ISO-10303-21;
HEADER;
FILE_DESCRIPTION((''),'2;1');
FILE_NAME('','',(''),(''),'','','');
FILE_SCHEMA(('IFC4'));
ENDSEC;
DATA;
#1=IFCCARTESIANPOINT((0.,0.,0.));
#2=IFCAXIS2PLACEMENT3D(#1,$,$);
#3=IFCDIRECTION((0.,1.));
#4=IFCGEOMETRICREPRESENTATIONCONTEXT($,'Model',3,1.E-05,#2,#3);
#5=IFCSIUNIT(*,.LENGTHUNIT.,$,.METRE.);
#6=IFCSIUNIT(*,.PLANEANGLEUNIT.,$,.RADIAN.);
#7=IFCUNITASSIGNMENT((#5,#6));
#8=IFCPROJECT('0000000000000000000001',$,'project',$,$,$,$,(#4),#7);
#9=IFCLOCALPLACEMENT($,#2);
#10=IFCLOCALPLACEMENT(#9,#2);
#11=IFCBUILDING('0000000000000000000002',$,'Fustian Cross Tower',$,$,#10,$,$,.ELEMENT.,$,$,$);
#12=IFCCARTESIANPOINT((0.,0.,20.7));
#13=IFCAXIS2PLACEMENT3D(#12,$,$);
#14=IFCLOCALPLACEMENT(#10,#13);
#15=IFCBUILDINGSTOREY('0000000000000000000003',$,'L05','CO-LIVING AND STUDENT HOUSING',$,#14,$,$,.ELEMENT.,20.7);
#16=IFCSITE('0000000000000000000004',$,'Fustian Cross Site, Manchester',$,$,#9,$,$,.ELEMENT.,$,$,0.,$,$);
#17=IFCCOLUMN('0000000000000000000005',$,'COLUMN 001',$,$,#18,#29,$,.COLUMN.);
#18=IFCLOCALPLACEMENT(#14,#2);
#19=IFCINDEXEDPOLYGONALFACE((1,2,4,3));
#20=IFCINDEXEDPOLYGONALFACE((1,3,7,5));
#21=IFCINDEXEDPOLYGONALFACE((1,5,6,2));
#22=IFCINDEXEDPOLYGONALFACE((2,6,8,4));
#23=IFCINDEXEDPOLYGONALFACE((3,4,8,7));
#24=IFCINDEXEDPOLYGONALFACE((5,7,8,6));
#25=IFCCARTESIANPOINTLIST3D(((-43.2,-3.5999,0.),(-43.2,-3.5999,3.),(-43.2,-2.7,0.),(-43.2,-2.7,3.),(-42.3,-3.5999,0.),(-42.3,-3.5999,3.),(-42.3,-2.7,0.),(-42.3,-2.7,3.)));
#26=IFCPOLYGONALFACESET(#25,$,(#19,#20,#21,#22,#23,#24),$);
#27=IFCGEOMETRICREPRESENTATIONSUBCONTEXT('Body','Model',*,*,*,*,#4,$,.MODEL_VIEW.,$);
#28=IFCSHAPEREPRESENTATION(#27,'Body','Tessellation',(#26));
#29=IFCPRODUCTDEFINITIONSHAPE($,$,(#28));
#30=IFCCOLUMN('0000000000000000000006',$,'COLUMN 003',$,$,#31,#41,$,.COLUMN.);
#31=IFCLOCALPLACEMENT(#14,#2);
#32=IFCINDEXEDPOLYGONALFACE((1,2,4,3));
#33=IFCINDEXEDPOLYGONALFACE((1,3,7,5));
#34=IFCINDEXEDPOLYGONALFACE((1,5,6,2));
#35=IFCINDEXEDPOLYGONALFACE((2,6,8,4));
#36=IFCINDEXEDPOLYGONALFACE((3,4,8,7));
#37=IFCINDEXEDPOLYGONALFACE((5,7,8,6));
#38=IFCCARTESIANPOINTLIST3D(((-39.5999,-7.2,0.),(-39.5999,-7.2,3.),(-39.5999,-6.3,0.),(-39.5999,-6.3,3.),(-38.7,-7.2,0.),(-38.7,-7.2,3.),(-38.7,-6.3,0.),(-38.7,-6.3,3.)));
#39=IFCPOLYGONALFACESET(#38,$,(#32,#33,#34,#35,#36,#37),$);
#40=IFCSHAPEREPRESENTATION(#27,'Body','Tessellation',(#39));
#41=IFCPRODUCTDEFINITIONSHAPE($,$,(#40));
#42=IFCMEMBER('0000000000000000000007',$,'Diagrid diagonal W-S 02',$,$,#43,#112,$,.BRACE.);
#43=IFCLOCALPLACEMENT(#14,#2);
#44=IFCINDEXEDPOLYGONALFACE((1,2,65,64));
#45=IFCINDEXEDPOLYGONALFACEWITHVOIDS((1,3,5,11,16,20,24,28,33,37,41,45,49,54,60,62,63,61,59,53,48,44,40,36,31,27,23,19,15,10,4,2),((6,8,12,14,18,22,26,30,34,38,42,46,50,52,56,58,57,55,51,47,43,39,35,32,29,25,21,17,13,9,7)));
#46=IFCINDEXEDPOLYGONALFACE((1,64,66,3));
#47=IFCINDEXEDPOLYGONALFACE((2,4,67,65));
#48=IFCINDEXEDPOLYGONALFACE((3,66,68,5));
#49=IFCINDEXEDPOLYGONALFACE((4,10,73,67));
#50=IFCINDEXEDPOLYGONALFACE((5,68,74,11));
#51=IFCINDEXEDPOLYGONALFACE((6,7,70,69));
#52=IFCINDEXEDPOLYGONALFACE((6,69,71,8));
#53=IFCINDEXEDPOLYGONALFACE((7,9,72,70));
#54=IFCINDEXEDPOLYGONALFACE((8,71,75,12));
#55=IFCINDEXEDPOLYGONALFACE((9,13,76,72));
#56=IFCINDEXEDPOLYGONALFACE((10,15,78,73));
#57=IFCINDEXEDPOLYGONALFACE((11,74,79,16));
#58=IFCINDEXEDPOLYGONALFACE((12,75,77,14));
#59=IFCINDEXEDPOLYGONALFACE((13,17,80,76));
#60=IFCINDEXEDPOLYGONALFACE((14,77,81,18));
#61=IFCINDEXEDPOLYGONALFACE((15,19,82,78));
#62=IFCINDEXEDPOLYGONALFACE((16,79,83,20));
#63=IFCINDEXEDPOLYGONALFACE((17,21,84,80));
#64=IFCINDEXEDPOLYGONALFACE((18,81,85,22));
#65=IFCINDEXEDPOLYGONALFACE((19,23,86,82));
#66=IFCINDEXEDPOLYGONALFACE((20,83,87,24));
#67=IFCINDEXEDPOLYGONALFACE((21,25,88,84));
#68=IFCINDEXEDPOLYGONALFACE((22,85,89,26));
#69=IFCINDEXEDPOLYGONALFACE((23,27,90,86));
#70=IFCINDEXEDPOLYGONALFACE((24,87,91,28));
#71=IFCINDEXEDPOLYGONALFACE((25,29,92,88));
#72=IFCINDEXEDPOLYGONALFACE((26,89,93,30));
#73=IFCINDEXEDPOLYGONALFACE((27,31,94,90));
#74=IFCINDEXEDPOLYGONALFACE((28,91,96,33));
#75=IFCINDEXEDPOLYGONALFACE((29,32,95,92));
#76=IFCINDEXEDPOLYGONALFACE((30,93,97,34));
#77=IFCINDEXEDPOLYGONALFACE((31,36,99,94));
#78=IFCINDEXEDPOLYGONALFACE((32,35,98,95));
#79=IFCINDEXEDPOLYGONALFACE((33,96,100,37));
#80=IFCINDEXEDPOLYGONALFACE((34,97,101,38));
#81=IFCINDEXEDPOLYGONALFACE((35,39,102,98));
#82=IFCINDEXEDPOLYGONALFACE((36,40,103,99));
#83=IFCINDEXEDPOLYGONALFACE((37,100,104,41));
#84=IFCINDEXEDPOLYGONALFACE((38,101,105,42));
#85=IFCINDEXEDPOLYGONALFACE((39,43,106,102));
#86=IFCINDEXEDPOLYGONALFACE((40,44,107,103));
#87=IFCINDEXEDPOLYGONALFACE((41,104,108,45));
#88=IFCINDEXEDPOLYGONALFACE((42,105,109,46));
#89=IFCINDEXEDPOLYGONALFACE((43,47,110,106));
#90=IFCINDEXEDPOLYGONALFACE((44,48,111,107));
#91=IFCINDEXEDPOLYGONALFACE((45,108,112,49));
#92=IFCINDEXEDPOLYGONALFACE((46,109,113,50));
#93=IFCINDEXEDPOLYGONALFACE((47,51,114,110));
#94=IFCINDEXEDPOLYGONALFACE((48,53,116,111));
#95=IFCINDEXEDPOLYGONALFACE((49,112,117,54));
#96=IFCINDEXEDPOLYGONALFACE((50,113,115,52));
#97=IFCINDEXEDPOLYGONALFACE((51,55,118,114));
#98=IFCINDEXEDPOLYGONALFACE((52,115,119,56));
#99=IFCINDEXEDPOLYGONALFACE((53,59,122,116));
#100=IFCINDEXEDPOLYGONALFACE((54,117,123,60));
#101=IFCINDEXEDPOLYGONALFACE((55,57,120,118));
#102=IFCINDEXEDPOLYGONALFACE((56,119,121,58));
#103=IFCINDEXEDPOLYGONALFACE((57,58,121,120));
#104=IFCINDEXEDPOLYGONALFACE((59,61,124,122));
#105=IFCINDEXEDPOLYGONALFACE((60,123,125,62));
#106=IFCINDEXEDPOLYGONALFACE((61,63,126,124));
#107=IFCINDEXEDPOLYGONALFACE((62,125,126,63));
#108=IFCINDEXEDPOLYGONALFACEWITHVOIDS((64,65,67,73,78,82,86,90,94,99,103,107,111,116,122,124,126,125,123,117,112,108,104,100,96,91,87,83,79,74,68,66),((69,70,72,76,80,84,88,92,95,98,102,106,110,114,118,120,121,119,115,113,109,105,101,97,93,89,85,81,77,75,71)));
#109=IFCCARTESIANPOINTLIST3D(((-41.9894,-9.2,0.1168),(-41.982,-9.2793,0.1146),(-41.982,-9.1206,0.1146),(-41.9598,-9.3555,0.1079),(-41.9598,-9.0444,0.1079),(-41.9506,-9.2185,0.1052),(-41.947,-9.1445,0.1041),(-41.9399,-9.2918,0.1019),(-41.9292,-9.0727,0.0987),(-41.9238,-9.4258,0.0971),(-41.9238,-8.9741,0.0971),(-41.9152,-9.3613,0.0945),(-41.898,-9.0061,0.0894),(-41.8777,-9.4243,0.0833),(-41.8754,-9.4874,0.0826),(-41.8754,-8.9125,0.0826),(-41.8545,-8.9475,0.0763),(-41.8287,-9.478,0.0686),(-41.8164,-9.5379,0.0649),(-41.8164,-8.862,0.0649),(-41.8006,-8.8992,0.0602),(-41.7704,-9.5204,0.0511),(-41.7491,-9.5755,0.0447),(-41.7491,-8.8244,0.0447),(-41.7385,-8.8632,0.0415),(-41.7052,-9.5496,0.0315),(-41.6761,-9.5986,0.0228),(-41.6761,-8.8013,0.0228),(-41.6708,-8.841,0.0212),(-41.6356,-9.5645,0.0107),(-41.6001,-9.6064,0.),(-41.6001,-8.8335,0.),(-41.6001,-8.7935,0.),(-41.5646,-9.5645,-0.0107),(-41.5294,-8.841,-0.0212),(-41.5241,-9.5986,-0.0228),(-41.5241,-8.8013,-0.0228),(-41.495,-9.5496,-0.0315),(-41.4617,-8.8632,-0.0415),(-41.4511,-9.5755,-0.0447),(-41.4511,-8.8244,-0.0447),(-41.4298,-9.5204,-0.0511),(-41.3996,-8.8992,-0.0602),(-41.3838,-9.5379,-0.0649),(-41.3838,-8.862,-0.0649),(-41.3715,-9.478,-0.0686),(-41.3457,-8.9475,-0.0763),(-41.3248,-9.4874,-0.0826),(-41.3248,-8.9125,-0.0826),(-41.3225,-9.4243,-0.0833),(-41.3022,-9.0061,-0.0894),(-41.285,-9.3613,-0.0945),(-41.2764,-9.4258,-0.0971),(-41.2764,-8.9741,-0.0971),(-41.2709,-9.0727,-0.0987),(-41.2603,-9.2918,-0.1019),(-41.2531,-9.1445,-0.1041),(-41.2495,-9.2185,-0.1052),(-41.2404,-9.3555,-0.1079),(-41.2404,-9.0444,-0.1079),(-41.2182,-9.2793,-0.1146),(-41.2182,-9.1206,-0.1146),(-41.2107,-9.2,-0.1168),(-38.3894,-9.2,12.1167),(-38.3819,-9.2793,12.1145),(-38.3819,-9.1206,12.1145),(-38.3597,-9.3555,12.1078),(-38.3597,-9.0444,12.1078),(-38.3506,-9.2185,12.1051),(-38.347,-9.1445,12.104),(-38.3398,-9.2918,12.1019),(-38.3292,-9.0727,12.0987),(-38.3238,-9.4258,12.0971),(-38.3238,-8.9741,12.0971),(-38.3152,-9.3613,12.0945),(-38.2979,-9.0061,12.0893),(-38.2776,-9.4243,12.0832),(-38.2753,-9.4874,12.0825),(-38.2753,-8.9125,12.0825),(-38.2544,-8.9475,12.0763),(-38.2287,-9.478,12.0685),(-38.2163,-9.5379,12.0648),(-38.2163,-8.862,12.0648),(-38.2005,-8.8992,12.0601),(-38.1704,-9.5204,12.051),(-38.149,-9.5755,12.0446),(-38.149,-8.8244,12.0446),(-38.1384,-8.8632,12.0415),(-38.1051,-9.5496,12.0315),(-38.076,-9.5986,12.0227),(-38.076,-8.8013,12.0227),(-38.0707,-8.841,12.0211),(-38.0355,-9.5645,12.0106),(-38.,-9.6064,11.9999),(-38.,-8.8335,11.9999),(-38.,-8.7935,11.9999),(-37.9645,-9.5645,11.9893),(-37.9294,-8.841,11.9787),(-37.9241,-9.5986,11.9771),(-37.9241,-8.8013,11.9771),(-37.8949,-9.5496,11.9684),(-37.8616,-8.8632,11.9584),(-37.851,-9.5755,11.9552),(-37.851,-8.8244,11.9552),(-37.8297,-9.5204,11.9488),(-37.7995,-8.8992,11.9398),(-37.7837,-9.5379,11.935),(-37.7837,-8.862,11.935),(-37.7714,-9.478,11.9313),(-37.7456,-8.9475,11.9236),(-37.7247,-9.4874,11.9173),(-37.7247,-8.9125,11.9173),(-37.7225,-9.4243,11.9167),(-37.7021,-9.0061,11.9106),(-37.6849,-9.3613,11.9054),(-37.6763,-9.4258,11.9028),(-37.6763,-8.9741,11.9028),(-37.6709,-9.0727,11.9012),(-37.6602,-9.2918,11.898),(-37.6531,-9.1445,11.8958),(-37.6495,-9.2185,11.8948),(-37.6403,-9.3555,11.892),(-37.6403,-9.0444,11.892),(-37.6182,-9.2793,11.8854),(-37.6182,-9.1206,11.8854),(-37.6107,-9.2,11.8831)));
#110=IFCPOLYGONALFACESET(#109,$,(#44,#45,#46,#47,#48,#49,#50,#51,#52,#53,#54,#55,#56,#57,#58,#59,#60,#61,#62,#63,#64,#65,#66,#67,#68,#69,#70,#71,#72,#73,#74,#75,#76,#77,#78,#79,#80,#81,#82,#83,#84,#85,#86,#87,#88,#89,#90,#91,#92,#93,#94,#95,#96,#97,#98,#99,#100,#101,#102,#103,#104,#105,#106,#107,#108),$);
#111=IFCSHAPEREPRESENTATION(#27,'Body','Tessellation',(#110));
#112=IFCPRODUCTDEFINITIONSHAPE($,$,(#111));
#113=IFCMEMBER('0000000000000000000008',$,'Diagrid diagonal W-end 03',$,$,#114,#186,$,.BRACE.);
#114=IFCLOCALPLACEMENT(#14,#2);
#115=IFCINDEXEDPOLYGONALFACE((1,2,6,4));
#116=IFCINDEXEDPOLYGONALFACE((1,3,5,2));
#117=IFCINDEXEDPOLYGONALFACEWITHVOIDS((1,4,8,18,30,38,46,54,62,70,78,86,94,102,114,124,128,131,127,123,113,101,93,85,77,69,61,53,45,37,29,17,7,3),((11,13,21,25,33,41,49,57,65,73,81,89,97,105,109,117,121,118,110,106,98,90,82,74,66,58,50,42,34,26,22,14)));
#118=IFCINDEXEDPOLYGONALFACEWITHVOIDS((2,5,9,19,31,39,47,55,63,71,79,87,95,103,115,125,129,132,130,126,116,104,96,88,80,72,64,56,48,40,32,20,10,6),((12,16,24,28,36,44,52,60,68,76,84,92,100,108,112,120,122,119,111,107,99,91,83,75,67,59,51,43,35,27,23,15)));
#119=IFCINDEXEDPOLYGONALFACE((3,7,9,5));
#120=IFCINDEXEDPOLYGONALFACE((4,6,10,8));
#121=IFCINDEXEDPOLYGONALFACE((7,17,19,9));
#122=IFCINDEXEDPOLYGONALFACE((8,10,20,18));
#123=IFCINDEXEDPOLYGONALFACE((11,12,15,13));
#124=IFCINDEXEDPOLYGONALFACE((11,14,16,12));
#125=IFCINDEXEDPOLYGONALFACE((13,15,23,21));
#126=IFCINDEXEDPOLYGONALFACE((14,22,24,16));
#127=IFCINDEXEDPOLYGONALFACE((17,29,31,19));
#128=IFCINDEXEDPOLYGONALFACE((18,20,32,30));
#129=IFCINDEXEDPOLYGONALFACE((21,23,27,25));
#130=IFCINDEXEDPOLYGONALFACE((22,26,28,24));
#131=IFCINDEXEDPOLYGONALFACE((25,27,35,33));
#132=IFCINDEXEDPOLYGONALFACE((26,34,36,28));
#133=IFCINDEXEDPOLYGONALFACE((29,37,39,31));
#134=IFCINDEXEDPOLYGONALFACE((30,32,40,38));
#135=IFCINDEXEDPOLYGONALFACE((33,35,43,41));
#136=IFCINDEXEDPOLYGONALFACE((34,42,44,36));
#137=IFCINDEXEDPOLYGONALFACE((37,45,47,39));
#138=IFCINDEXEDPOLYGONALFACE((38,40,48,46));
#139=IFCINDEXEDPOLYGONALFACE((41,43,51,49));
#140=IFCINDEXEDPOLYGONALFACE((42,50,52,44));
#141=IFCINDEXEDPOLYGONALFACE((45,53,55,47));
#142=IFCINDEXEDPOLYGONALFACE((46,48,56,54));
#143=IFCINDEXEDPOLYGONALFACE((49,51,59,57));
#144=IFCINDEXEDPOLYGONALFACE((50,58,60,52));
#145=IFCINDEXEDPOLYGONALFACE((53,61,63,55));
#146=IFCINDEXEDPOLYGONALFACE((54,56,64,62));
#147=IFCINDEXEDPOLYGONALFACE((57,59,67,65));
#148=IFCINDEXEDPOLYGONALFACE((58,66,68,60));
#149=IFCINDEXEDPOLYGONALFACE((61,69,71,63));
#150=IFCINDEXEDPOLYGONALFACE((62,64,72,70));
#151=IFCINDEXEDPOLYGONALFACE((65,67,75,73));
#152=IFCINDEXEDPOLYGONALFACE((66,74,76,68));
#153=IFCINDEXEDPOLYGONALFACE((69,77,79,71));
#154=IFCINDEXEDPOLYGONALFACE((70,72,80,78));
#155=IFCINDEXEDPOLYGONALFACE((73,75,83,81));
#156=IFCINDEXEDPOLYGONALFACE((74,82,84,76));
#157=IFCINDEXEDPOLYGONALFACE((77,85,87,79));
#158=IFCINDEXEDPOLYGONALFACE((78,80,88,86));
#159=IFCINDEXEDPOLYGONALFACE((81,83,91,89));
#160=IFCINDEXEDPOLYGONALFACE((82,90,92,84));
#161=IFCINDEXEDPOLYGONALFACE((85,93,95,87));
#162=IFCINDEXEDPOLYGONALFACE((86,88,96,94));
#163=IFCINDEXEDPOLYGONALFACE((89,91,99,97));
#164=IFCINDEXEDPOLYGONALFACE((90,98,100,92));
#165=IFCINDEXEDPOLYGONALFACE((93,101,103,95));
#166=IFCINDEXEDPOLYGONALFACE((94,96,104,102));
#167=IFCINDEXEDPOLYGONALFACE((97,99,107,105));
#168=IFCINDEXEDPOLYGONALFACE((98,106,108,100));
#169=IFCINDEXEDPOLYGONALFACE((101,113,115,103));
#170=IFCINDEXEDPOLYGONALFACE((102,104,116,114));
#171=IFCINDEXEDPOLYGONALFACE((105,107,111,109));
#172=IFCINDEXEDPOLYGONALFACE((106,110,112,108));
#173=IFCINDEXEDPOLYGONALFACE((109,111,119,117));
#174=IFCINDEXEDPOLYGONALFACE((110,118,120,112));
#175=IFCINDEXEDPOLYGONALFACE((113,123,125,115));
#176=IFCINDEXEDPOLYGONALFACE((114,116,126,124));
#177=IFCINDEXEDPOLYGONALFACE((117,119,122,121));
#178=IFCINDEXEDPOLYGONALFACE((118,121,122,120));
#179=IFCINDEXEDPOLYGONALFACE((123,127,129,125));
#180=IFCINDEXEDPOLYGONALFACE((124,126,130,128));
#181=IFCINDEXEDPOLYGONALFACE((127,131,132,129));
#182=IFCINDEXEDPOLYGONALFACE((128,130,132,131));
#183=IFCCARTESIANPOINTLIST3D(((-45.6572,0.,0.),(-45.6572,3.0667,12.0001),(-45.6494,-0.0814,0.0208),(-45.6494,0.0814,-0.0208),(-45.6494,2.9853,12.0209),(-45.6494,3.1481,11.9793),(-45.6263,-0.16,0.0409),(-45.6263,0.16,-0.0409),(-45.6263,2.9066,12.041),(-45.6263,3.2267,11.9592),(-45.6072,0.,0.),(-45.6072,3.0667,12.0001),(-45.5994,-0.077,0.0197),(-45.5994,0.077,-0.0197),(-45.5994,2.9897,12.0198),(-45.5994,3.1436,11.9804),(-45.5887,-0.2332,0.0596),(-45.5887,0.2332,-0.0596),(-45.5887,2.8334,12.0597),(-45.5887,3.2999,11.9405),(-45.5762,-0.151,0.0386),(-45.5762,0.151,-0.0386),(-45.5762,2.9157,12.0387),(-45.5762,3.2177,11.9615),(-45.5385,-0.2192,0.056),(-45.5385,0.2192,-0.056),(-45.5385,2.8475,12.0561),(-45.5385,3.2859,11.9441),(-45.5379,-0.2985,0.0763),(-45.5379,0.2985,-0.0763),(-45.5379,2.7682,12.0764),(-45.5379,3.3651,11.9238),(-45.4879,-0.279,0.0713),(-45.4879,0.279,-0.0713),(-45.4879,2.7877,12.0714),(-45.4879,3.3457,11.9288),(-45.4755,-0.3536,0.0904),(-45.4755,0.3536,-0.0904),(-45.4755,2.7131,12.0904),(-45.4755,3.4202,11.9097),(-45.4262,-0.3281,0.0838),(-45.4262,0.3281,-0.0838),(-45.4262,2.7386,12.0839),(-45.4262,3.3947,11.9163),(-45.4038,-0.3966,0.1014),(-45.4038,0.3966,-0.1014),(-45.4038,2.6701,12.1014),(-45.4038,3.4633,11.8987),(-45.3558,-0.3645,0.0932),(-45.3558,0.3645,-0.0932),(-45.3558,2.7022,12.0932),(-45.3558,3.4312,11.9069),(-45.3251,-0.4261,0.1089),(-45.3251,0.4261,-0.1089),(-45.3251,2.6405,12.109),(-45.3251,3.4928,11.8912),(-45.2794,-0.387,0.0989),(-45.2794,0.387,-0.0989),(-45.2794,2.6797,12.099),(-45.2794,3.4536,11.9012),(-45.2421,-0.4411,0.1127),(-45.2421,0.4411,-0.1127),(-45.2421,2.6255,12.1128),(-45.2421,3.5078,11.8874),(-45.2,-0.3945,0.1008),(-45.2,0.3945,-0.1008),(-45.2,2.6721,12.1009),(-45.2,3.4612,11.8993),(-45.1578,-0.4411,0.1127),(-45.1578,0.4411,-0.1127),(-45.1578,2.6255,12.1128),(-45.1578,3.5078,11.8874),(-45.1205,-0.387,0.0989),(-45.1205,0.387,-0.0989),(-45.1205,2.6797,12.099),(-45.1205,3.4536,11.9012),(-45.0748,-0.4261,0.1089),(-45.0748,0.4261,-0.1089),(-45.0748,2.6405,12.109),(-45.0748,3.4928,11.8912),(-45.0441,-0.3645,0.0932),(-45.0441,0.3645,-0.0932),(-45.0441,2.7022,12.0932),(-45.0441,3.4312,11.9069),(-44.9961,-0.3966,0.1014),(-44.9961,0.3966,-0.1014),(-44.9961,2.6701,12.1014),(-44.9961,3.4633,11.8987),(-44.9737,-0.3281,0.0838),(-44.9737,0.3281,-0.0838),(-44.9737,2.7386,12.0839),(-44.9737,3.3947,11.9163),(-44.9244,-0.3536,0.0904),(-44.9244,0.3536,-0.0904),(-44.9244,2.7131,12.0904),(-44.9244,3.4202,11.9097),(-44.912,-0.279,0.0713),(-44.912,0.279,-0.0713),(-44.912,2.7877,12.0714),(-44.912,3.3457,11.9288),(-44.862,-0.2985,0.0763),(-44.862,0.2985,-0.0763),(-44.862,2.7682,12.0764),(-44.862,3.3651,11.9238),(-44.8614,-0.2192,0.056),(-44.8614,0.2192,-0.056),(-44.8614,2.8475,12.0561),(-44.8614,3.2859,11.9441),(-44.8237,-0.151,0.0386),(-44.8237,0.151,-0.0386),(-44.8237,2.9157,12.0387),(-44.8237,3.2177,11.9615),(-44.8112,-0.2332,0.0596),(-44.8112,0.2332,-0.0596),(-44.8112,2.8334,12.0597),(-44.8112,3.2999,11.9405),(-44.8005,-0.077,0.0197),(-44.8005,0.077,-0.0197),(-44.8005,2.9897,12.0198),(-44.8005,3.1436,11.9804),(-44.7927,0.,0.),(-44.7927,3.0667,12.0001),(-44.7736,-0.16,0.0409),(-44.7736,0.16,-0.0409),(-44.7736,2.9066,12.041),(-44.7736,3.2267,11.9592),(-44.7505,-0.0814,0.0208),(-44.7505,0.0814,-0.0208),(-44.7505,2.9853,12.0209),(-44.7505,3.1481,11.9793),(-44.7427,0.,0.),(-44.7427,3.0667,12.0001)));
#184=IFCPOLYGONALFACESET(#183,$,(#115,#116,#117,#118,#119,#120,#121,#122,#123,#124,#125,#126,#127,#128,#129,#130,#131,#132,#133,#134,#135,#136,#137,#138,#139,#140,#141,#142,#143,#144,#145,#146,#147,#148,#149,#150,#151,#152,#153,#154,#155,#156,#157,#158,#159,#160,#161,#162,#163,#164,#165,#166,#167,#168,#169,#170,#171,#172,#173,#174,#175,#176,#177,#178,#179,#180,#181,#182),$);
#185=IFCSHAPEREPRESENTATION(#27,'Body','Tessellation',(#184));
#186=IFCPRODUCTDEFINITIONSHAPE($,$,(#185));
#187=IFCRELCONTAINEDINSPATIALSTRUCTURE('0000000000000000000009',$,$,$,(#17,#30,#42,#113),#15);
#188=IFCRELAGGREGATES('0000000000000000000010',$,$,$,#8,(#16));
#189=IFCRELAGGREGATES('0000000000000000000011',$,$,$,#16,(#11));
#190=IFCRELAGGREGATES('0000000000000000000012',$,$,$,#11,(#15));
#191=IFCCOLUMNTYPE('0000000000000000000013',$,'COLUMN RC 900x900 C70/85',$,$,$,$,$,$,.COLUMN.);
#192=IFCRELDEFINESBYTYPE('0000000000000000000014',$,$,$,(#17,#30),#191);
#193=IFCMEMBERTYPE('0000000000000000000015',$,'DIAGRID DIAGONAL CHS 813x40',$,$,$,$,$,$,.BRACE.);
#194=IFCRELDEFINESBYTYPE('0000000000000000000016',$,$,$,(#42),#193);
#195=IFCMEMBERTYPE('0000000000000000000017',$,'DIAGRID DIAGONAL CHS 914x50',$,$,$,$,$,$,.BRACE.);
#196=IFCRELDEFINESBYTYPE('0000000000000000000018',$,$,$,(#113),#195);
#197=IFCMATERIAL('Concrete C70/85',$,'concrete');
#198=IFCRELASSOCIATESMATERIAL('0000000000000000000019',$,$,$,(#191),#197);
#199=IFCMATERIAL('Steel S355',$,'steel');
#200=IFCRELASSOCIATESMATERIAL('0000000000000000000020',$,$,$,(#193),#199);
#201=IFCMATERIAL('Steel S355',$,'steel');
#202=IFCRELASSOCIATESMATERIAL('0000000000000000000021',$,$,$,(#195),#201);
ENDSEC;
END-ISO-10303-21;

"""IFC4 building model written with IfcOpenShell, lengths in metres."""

from ifc_helpers import new_model, si_unit, direction, frame, origin, origin_2d, place, context, subcontext, project, spatial, rectangle, hollow_circle, extrude, material, material_profile, profile_set, type_object, element, save


model = new_model("IFC4")

# Units and contexts
model_context = context("Model", 3, precision=1e-05, world=origin(), true_north=direction((0.0, 1.0)))
body_context = subcontext(model_context, "Body", "Model", "MODEL_VIEW")
ifc_project = project(units=[si_unit("LENGTHUNIT", "METRE"), si_unit("PLANEANGLEUNIT", "RADIAN")], contexts=[model_context])

# Site, building, storey
site_placement = place(None, origin())
site = spatial("IfcSite", under=ifc_project, at=site_placement, Name="Fustian Cross Site, Manchester", CompositionType="ELEMENT", RefElevation=0.0)
building_placement = place(site_placement, origin())
building = spatial("IfcBuilding", under=site, at=building_placement, Name="Fustian Cross Tower", CompositionType="ELEMENT")
storey_placement = place(building_placement, frame((0.0, 0.0, 20.7)))
storey = spatial("IfcBuildingStorey", under=building, at=storey_placement, Name="L05", Description="CO-LIVING AND STUDENT HOUSING", CompositionType="ELEMENT", Elevation=20.7)

# Columns
ifc_material_1 = material(Name="Concrete C70/85", Category="concrete")
ifc_material_profile_1 = material_profile(ifc_material_1, rectangle(XDim=0.8999, YDim=0.8999, at=origin_2d()), Name="RC 900x900")
ifc_profile_set_1 = profile_set([ifc_material_profile_1], Name="Concrete C70/85")
column_type = type_object("IfcColumnType", Name="COLUMN RC 900x900 C70/85", PredefinedType="COLUMN", material=ifc_profile_set_1)
for number, where, z_axis, x_axis, name in (
    (1, (-42.75, -3.1499, 0.0), (0.0, 0.0, 1.0), (1.0, 0.0, 0.0), "COLUMN 001"),
    (2, (-39.1499, -6.75, 0.0), (0.0, 0.0, 1.0), (1.0, 0.0, 0.0), "COLUMN 003"),
):
    element("IfcColumn", number, at=place(storey_placement, frame(where, z_axis=z_axis, x_axis=x_axis)), inside=storey, type_object=column_type, Name=name, PredefinedType="COLUMN", context=body_context, shape_type="SweptSolid", body=[
        extrude(rectangle(XDim=0.8999, YDim=0.8999, at=origin_2d()), origin(), (0.0, 0.0, 1.0), 3.0),
    ])

# Members
ifc_material_2 = material(Name="Steel S355", Category="steel")
ifc_material_profile_2 = material_profile(ifc_material_2, hollow_circle(Radius=0.4065, WallThickness=0.04, at=origin_2d()), Name="CHS 813x40")
ifc_profile_set_2 = profile_set([ifc_material_profile_2], Name="Steel S355")
member_type_1 = type_object("IfcMemberType", Name="DIAGRID DIAGONAL CHS 813x40", PredefinedType="BRACE", material=ifc_profile_set_2)
member_1_placement = place(storey_placement, frame((-41.6001, -9.2, 0.0), z_axis=(0.287355, 0.0, 0.957824), x_axis=(0.0, 1.0, 0.0)))
element("IfcMember", 3, at=member_1_placement, inside=storey, type_object=member_type_1, Name="Diagrid diagonal W-S 02", PredefinedType="BRACE", context=body_context, shape_type="SweptSolid", body=[
    extrude(hollow_circle(Radius=0.4065, WallThickness=0.04, at=origin_2d()), origin(), (0.0, 0.0, 1.0), 12.5283),
])
ifc_material_3 = material(Name="Steel S355", Category="steel")
ifc_material_profile_3 = material_profile(ifc_material_3, hollow_circle(Radius=0.4573, WallThickness=0.05, at=origin_2d()), Name="CHS 914x50")
ifc_profile_set_3 = profile_set([ifc_material_profile_3], Name="Steel S355")
member_type_2 = type_object("IfcMemberType", Name="DIAGRID DIAGONAL CHS 914x50", PredefinedType="BRACE", material=ifc_profile_set_3)
for number, where, z_axis, x_axis, name in (
    (4, (-45.2, 0.0, 0.0), (0.0, 0.247597, 0.968863), (-1.0, 0.0, 0.0), "Diagrid diagonal W-end 03"),
):
    element("IfcMember", number, at=place(storey_placement, frame(where, z_axis=z_axis, x_axis=x_axis)), inside=storey, type_object=member_type_2, Name=name, PredefinedType="BRACE", context=body_context, shape_type="SweptSolid", body=[
        extrude(hollow_circle(Radius=0.4573, WallThickness=0.05, at=origin_2d()), origin(), (0.0, 0.0, 1.0), 12.3857),
    ])

save(model, "model.ifc")
